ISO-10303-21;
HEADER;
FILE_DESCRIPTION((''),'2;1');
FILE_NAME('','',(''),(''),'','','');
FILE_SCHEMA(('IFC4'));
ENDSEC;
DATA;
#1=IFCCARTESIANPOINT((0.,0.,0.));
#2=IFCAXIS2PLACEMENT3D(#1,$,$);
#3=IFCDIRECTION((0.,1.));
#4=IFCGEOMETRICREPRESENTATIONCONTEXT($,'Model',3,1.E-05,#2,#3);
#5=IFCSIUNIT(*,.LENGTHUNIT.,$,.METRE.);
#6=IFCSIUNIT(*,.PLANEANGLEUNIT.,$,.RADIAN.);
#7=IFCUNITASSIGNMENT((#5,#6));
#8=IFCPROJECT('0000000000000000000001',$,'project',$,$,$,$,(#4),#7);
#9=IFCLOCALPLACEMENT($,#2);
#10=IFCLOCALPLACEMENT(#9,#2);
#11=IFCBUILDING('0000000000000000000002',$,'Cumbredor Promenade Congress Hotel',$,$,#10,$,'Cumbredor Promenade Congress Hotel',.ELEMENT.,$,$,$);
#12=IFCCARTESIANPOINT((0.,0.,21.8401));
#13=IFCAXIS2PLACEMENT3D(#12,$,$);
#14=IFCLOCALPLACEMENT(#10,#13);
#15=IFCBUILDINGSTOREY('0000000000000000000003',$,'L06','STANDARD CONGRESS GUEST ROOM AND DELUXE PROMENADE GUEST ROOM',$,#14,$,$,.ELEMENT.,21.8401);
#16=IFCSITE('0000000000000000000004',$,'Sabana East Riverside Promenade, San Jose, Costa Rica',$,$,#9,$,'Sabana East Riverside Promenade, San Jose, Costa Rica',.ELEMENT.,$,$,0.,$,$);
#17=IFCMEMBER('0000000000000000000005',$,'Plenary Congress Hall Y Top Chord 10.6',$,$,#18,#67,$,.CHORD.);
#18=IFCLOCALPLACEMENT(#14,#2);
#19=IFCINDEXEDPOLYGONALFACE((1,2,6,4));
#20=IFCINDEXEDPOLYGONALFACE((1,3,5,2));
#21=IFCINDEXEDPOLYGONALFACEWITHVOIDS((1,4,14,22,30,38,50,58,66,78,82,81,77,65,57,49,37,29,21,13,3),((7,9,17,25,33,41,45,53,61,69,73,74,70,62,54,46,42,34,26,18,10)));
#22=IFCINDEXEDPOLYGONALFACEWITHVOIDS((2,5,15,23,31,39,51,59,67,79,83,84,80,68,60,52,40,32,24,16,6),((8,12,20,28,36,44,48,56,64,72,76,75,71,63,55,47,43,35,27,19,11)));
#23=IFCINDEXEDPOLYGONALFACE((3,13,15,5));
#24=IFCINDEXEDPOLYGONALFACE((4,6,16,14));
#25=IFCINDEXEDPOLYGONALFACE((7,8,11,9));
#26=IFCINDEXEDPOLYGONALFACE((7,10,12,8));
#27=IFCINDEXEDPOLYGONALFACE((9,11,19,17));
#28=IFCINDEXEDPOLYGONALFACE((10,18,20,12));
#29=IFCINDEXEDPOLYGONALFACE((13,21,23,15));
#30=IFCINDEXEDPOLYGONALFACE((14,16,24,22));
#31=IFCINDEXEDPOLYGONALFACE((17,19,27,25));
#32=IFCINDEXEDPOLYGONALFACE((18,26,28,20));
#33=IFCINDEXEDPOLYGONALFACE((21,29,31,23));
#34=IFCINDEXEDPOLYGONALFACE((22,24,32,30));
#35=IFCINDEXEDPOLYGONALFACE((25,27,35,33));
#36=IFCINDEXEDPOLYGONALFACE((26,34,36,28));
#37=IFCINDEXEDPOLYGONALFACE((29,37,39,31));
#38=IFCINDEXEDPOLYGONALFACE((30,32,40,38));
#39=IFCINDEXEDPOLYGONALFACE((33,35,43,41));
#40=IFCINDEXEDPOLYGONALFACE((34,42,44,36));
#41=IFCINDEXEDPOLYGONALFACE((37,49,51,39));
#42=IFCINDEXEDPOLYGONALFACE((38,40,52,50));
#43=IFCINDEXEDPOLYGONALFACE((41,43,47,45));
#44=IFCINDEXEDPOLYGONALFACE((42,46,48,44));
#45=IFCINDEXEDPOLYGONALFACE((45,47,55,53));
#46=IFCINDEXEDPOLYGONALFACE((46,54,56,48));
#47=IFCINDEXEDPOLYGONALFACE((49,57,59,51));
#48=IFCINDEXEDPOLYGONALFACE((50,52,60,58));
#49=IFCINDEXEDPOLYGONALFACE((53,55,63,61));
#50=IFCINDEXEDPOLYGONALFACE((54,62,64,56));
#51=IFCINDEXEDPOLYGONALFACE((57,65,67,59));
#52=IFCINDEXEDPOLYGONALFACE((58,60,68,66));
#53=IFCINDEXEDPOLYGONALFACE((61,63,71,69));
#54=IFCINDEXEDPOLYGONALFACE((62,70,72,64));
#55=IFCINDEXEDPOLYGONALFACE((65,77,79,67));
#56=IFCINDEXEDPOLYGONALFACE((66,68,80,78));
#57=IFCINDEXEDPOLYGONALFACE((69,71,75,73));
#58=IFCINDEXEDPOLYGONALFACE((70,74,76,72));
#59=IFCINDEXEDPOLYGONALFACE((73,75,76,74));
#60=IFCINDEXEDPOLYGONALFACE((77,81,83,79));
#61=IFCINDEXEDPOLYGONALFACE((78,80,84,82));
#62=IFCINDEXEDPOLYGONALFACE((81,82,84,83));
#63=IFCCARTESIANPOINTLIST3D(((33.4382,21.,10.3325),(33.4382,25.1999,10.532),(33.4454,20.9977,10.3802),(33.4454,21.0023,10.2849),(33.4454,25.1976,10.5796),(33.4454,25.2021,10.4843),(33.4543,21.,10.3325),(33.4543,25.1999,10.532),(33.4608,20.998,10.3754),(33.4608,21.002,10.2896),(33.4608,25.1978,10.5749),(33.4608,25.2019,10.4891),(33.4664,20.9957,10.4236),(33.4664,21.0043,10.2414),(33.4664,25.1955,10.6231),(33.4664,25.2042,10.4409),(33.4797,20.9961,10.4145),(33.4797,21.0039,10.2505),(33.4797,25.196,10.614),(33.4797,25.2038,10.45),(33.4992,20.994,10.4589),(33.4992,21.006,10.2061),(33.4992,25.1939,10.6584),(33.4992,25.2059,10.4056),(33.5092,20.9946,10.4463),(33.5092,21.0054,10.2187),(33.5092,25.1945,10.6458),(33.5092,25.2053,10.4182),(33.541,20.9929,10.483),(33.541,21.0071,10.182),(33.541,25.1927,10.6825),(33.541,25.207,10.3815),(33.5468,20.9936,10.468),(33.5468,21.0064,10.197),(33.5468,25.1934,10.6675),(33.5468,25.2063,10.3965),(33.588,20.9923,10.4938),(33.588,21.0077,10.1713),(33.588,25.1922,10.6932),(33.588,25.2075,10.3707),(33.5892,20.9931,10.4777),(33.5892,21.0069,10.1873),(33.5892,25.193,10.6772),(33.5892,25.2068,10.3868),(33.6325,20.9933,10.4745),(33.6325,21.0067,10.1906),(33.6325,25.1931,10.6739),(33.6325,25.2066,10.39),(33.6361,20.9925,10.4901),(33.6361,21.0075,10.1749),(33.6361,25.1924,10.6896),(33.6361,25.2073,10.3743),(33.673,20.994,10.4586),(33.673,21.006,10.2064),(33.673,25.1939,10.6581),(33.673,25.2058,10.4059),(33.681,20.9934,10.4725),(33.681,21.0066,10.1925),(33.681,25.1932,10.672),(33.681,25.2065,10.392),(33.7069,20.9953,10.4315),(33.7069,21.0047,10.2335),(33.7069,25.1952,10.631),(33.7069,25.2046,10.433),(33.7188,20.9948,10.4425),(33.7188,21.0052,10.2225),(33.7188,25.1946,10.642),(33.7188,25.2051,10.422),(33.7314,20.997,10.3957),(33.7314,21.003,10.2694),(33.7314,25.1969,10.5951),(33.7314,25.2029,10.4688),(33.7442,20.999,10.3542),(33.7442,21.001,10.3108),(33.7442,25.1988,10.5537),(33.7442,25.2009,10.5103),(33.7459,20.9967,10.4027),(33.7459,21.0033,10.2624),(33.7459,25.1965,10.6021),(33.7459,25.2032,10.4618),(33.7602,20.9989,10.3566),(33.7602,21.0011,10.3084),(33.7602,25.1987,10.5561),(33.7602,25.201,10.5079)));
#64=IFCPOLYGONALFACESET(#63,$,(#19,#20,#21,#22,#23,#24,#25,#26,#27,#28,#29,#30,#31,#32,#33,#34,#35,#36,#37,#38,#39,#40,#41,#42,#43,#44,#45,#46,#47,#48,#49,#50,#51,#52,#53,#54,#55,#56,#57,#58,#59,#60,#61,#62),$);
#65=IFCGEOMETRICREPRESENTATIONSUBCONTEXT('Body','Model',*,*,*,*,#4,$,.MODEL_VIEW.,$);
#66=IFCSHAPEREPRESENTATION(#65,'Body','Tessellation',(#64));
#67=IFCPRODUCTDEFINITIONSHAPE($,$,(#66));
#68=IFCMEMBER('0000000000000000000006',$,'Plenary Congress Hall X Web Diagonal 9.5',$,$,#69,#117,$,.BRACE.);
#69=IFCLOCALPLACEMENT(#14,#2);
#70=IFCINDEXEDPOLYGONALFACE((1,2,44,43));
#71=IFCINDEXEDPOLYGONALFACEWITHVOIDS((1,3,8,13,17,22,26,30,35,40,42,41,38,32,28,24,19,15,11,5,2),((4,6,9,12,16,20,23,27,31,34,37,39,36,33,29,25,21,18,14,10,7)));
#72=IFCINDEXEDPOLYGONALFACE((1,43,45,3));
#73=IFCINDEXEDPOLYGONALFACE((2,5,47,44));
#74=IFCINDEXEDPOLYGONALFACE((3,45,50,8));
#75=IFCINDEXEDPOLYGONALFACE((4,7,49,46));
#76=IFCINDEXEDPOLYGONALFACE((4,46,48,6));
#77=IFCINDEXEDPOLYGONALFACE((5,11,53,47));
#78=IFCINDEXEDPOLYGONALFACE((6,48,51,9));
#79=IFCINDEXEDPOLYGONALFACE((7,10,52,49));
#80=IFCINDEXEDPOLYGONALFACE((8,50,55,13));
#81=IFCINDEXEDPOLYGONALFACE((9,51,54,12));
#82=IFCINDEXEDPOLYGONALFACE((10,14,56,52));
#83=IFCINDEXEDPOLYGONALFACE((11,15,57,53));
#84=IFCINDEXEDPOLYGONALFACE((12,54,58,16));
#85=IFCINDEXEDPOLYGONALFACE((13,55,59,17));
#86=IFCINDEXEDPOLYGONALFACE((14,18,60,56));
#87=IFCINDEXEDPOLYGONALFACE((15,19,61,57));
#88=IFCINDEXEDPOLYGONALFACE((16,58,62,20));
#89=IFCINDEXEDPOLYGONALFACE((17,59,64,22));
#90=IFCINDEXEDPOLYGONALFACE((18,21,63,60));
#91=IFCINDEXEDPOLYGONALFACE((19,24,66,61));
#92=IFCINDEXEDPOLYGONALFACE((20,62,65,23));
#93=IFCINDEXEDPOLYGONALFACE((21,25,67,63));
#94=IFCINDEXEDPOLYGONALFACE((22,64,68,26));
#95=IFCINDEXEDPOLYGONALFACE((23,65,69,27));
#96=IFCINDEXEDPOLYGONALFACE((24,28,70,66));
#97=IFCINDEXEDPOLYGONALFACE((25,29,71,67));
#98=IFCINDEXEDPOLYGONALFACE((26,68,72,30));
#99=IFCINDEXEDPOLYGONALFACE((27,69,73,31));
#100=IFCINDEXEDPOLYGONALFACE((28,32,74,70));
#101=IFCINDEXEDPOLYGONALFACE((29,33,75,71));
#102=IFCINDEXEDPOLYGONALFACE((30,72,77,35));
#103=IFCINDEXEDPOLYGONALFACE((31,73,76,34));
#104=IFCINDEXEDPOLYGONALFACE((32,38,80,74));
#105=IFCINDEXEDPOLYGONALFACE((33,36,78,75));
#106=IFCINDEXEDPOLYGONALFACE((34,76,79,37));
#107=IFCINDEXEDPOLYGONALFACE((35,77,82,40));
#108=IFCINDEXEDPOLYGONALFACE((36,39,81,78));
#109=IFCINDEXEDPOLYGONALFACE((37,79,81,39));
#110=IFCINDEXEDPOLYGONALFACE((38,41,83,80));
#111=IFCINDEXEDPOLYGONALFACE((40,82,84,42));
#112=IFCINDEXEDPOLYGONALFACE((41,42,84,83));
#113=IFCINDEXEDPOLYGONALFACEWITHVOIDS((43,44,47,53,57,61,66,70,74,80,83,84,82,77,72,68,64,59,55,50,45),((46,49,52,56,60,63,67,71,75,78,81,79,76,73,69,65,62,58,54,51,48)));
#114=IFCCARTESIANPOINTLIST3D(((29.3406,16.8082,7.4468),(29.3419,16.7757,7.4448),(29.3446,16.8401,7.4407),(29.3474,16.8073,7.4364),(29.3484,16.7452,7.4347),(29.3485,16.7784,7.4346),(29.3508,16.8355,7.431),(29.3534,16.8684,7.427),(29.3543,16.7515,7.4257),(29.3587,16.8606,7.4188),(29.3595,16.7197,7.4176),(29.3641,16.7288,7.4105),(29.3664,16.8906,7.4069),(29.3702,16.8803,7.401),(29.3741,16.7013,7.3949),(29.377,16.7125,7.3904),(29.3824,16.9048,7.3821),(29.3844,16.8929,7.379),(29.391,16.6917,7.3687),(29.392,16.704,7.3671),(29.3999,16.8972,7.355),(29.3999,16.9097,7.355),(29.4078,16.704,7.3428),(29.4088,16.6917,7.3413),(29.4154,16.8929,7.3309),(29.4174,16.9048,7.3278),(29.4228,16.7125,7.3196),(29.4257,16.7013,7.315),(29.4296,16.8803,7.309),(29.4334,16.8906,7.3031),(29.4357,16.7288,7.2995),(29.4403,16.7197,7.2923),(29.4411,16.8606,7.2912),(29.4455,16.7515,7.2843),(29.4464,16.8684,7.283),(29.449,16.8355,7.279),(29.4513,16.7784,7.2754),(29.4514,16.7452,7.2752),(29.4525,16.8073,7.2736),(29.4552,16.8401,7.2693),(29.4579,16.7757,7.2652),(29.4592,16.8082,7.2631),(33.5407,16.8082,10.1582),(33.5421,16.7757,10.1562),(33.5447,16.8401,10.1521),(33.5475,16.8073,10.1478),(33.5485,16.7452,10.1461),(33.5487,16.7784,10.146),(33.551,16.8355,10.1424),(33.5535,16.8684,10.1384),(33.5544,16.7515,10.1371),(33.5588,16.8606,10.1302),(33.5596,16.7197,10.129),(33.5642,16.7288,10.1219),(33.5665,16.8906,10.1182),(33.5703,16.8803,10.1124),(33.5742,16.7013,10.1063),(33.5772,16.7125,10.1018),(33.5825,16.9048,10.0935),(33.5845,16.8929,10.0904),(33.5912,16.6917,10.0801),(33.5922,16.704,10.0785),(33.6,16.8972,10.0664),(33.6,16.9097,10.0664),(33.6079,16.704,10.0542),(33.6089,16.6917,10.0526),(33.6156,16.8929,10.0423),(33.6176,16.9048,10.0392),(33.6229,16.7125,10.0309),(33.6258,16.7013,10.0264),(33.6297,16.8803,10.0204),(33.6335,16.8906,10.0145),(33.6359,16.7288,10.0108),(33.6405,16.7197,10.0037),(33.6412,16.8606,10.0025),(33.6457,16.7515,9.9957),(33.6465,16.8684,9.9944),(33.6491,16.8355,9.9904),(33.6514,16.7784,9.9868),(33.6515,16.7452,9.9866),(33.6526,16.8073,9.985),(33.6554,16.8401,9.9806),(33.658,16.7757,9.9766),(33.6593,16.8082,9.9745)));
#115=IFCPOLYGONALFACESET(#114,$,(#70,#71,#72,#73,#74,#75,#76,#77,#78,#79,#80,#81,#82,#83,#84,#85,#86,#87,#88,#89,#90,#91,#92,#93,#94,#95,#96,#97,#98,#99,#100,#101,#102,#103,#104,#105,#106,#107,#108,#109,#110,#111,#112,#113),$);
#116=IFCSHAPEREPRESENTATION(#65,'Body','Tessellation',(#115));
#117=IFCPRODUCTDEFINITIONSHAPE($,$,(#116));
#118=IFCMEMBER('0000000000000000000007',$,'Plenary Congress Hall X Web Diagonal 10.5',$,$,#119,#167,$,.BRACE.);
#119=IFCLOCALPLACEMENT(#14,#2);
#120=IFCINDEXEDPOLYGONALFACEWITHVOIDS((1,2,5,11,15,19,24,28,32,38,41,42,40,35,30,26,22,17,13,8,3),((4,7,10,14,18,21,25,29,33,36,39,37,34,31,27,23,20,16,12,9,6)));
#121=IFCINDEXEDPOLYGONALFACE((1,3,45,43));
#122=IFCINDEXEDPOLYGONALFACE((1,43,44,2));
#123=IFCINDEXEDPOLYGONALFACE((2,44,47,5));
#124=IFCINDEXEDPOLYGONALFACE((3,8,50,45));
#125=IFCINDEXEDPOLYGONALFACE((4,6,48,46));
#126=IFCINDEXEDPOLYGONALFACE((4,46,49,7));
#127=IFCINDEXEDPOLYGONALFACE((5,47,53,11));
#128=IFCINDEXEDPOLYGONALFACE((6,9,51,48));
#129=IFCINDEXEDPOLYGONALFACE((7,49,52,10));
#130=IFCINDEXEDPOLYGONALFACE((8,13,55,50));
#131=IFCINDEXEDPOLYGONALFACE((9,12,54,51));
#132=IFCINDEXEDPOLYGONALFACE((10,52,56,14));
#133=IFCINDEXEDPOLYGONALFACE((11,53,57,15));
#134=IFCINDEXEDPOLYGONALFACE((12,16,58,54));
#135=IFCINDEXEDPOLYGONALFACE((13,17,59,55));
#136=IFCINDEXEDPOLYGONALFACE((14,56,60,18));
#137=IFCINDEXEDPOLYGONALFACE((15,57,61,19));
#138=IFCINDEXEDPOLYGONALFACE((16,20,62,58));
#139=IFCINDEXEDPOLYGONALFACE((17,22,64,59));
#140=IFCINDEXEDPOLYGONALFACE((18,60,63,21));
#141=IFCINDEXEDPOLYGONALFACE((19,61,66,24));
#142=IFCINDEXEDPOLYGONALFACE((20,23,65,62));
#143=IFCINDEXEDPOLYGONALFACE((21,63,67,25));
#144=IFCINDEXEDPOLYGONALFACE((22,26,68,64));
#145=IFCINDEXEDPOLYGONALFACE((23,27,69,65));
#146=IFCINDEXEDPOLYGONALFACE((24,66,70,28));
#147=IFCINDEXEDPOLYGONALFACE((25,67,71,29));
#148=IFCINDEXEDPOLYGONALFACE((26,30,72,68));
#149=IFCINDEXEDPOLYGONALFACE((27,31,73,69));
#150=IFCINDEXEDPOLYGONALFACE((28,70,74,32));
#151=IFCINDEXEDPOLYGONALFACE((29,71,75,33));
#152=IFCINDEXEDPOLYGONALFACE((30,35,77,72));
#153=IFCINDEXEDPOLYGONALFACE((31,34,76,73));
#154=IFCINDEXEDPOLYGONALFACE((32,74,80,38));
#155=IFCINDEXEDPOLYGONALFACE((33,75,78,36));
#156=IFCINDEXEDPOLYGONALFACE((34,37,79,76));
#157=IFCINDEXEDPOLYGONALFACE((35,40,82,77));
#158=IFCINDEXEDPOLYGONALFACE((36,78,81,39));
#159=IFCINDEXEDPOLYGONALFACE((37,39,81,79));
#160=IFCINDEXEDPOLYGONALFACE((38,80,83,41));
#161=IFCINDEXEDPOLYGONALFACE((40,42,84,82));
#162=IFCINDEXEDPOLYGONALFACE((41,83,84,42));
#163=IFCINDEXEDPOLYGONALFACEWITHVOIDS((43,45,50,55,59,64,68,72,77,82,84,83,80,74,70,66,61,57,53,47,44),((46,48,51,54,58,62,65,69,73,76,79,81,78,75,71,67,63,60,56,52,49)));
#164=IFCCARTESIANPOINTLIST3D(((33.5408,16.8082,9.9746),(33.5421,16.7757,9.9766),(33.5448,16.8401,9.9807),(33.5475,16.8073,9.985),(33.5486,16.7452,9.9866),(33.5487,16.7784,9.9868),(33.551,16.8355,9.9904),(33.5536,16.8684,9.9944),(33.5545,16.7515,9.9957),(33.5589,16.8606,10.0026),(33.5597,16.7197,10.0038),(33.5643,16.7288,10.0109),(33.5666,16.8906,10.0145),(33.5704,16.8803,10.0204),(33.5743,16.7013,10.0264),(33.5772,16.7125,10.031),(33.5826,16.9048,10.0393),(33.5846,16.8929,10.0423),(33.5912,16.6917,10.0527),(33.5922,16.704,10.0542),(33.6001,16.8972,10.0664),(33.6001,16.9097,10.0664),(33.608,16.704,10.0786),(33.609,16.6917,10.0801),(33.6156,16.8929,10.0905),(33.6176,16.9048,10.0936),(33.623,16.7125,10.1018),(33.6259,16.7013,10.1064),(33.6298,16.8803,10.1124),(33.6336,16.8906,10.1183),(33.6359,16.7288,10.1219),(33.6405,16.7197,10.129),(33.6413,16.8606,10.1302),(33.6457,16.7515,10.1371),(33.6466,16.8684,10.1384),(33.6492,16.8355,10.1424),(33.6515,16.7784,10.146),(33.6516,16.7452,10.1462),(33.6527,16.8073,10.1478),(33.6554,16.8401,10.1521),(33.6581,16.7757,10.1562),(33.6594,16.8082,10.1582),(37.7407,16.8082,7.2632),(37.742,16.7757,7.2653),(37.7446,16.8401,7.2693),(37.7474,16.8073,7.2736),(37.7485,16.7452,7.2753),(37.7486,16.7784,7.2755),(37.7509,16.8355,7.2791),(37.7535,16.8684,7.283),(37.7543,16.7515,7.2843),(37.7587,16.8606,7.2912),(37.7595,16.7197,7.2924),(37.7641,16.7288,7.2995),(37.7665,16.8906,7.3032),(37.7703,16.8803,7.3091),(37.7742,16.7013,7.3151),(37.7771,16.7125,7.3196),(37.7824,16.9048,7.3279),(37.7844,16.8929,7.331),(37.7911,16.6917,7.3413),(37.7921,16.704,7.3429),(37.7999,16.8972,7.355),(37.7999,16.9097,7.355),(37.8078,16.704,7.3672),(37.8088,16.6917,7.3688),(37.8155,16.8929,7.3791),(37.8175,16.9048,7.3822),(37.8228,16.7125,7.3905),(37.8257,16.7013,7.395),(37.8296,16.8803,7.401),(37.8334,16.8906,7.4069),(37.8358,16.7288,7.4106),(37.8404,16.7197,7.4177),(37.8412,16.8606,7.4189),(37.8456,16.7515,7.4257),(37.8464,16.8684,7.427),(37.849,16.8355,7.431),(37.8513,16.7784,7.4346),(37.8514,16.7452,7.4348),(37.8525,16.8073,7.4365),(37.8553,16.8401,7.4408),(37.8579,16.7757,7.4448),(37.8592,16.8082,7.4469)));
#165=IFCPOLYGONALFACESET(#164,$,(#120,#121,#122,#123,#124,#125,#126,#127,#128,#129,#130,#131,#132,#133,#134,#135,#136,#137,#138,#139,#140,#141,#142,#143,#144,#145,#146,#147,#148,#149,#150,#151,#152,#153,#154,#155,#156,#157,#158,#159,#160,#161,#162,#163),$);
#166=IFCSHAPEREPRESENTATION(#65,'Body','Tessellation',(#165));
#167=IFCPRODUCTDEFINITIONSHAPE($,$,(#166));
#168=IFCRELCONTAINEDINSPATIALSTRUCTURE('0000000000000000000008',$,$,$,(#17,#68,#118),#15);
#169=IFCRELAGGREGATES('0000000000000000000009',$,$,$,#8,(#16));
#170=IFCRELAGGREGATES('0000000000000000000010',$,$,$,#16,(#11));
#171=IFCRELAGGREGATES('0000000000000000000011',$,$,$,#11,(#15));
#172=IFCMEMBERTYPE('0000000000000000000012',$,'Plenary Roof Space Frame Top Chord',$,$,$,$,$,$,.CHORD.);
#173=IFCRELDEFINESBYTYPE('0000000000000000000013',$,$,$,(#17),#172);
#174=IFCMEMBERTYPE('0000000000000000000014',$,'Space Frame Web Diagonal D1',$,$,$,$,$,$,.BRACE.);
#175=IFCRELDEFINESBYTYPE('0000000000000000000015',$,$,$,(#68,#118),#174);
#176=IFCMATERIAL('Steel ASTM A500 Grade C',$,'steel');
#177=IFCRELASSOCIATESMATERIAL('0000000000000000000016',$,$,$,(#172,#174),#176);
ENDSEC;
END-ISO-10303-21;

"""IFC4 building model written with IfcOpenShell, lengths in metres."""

from ifc_helpers import new_model, si_unit, direction, frame, origin, origin_2d, place, context, subcontext, project, spatial, hollow_circle, extrude, material, material_profile, profile_set, type_object, element, save


model = new_model("IFC4")

# Units and contexts
model_context = context("Model", 3, precision=1e-05, world=origin(), true_north=direction((0.0, 1.0)))
body_context = subcontext(model_context, "Body", "Model", "MODEL_VIEW")
ifc_project = project(units=[si_unit("LENGTHUNIT", "METRE"), si_unit("PLANEANGLEUNIT", "RADIAN")], contexts=[model_context])

# Site, building, storey
site_placement = place(None, origin())
site = spatial("IfcSite", under=ifc_project, at=site_placement, Name="Sabana East Riverside Promenade, San Jose, Costa Rica", LongName="Sabana East Riverside Promenade, San Jose, Costa Rica", CompositionType="ELEMENT", RefElevation=0.0)
building_placement = place(site_placement, origin())
building = spatial("IfcBuilding", under=site, at=building_placement, Name="Cumbredor Promenade Congress Hotel", LongName="Cumbredor Promenade Congress Hotel", CompositionType="ELEMENT")
storey_placement = place(building_placement, frame((0.0, 0.0, 21.8401)))
storey = spatial("IfcBuildingStorey", under=building, at=storey_placement, Name="L06", Description="STANDARD CONGRESS GUEST ROOM AND DELUXE PROMENADE GUEST ROOM", CompositionType="ELEMENT", Elevation=21.8401)

# Members
ifc_material_1 = material(Name="Steel ASTM A500 Grade C", Category="steel")
ifc_material_profile_1 = material_profile(ifc_material_1, hollow_circle(Radius=0.1619, WallThickness=0.0161, at=origin_2d()), Name="CHS 323.9x16")
ifc_profile_set_1 = profile_set([ifc_material_profile_1], Name="Steel ASTM A500 Grade C")
member_type_1 = type_object("IfcMemberType", Name="Plenary Roof Space Frame Top Chord", PredefinedType="CHORD", material=ifc_profile_set_1)
member_1_placement = place(storey_placement, frame((33.6001, 21.0, 10.3325), z_axis=(0.0, 0.998874, 0.047438), x_axis=(-1.0, 0.0, 0.0)))
element("IfcMember", 1, at=member_1_placement, inside=storey, type_object=member_type_1, Name="Plenary Congress Hall Y Top Chord 10.6", PredefinedType="CHORD", context=body_context, shape_type="SweptSolid", body=[
    extrude(hollow_circle(Radius=0.1619, WallThickness=0.0161, at=origin_2d()), origin(), (0.0, 0.0, 1.0), 4.2046),
])
ifc_material_profile_2 = material_profile(ifc_material_1, hollow_circle(Radius=0.1096, WallThickness=0.0125, at=origin_2d()), Name="CHS 219.1x12.5")
ifc_profile_set_2 = profile_set([ifc_material_profile_2], Name="Steel ASTM A500 Grade C")
member_type_2 = type_object("IfcMemberType", Name="Space Frame Web Diagonal D1", PredefinedType="BRACE", material=ifc_profile_set_2)
member_2_placement = place(storey_placement, frame((29.3999, 16.8, 7.355), z_axis=(0.840149, 0.0, 0.542356), x_axis=(0.0, 1.0, 0.0)))
element("IfcMember", 2, at=member_2_placement, inside=storey, type_object=member_type_2, Name="Plenary Congress Hall X Web Diagonal 9.5", PredefinedType="BRACE", context=body_context, shape_type="SweptSolid", body=[
    extrude(hollow_circle(Radius=0.1096, WallThickness=0.0125, at=origin_2d()), origin(), (0.0, 0.0, 1.0), 4.9993),
])
member_3_placement = place(storey_placement, frame((33.6001, 16.8, 10.0664), z_axis=(0.840134, 0.0, -0.542378), x_axis=(0.0, 1.0, 0.0)))
element("IfcMember", 3, at=member_3_placement, inside=storey, type_object=member_type_2, Name="Plenary Congress Hall X Web Diagonal 10.5", PredefinedType="BRACE", context=body_context, shape_type="SweptSolid", body=[
    extrude(hollow_circle(Radius=0.1096, WallThickness=0.0125, at=origin_2d()), origin(), (0.0, 0.0, 1.0), 4.999),
])

save(model, "model.ifc")
